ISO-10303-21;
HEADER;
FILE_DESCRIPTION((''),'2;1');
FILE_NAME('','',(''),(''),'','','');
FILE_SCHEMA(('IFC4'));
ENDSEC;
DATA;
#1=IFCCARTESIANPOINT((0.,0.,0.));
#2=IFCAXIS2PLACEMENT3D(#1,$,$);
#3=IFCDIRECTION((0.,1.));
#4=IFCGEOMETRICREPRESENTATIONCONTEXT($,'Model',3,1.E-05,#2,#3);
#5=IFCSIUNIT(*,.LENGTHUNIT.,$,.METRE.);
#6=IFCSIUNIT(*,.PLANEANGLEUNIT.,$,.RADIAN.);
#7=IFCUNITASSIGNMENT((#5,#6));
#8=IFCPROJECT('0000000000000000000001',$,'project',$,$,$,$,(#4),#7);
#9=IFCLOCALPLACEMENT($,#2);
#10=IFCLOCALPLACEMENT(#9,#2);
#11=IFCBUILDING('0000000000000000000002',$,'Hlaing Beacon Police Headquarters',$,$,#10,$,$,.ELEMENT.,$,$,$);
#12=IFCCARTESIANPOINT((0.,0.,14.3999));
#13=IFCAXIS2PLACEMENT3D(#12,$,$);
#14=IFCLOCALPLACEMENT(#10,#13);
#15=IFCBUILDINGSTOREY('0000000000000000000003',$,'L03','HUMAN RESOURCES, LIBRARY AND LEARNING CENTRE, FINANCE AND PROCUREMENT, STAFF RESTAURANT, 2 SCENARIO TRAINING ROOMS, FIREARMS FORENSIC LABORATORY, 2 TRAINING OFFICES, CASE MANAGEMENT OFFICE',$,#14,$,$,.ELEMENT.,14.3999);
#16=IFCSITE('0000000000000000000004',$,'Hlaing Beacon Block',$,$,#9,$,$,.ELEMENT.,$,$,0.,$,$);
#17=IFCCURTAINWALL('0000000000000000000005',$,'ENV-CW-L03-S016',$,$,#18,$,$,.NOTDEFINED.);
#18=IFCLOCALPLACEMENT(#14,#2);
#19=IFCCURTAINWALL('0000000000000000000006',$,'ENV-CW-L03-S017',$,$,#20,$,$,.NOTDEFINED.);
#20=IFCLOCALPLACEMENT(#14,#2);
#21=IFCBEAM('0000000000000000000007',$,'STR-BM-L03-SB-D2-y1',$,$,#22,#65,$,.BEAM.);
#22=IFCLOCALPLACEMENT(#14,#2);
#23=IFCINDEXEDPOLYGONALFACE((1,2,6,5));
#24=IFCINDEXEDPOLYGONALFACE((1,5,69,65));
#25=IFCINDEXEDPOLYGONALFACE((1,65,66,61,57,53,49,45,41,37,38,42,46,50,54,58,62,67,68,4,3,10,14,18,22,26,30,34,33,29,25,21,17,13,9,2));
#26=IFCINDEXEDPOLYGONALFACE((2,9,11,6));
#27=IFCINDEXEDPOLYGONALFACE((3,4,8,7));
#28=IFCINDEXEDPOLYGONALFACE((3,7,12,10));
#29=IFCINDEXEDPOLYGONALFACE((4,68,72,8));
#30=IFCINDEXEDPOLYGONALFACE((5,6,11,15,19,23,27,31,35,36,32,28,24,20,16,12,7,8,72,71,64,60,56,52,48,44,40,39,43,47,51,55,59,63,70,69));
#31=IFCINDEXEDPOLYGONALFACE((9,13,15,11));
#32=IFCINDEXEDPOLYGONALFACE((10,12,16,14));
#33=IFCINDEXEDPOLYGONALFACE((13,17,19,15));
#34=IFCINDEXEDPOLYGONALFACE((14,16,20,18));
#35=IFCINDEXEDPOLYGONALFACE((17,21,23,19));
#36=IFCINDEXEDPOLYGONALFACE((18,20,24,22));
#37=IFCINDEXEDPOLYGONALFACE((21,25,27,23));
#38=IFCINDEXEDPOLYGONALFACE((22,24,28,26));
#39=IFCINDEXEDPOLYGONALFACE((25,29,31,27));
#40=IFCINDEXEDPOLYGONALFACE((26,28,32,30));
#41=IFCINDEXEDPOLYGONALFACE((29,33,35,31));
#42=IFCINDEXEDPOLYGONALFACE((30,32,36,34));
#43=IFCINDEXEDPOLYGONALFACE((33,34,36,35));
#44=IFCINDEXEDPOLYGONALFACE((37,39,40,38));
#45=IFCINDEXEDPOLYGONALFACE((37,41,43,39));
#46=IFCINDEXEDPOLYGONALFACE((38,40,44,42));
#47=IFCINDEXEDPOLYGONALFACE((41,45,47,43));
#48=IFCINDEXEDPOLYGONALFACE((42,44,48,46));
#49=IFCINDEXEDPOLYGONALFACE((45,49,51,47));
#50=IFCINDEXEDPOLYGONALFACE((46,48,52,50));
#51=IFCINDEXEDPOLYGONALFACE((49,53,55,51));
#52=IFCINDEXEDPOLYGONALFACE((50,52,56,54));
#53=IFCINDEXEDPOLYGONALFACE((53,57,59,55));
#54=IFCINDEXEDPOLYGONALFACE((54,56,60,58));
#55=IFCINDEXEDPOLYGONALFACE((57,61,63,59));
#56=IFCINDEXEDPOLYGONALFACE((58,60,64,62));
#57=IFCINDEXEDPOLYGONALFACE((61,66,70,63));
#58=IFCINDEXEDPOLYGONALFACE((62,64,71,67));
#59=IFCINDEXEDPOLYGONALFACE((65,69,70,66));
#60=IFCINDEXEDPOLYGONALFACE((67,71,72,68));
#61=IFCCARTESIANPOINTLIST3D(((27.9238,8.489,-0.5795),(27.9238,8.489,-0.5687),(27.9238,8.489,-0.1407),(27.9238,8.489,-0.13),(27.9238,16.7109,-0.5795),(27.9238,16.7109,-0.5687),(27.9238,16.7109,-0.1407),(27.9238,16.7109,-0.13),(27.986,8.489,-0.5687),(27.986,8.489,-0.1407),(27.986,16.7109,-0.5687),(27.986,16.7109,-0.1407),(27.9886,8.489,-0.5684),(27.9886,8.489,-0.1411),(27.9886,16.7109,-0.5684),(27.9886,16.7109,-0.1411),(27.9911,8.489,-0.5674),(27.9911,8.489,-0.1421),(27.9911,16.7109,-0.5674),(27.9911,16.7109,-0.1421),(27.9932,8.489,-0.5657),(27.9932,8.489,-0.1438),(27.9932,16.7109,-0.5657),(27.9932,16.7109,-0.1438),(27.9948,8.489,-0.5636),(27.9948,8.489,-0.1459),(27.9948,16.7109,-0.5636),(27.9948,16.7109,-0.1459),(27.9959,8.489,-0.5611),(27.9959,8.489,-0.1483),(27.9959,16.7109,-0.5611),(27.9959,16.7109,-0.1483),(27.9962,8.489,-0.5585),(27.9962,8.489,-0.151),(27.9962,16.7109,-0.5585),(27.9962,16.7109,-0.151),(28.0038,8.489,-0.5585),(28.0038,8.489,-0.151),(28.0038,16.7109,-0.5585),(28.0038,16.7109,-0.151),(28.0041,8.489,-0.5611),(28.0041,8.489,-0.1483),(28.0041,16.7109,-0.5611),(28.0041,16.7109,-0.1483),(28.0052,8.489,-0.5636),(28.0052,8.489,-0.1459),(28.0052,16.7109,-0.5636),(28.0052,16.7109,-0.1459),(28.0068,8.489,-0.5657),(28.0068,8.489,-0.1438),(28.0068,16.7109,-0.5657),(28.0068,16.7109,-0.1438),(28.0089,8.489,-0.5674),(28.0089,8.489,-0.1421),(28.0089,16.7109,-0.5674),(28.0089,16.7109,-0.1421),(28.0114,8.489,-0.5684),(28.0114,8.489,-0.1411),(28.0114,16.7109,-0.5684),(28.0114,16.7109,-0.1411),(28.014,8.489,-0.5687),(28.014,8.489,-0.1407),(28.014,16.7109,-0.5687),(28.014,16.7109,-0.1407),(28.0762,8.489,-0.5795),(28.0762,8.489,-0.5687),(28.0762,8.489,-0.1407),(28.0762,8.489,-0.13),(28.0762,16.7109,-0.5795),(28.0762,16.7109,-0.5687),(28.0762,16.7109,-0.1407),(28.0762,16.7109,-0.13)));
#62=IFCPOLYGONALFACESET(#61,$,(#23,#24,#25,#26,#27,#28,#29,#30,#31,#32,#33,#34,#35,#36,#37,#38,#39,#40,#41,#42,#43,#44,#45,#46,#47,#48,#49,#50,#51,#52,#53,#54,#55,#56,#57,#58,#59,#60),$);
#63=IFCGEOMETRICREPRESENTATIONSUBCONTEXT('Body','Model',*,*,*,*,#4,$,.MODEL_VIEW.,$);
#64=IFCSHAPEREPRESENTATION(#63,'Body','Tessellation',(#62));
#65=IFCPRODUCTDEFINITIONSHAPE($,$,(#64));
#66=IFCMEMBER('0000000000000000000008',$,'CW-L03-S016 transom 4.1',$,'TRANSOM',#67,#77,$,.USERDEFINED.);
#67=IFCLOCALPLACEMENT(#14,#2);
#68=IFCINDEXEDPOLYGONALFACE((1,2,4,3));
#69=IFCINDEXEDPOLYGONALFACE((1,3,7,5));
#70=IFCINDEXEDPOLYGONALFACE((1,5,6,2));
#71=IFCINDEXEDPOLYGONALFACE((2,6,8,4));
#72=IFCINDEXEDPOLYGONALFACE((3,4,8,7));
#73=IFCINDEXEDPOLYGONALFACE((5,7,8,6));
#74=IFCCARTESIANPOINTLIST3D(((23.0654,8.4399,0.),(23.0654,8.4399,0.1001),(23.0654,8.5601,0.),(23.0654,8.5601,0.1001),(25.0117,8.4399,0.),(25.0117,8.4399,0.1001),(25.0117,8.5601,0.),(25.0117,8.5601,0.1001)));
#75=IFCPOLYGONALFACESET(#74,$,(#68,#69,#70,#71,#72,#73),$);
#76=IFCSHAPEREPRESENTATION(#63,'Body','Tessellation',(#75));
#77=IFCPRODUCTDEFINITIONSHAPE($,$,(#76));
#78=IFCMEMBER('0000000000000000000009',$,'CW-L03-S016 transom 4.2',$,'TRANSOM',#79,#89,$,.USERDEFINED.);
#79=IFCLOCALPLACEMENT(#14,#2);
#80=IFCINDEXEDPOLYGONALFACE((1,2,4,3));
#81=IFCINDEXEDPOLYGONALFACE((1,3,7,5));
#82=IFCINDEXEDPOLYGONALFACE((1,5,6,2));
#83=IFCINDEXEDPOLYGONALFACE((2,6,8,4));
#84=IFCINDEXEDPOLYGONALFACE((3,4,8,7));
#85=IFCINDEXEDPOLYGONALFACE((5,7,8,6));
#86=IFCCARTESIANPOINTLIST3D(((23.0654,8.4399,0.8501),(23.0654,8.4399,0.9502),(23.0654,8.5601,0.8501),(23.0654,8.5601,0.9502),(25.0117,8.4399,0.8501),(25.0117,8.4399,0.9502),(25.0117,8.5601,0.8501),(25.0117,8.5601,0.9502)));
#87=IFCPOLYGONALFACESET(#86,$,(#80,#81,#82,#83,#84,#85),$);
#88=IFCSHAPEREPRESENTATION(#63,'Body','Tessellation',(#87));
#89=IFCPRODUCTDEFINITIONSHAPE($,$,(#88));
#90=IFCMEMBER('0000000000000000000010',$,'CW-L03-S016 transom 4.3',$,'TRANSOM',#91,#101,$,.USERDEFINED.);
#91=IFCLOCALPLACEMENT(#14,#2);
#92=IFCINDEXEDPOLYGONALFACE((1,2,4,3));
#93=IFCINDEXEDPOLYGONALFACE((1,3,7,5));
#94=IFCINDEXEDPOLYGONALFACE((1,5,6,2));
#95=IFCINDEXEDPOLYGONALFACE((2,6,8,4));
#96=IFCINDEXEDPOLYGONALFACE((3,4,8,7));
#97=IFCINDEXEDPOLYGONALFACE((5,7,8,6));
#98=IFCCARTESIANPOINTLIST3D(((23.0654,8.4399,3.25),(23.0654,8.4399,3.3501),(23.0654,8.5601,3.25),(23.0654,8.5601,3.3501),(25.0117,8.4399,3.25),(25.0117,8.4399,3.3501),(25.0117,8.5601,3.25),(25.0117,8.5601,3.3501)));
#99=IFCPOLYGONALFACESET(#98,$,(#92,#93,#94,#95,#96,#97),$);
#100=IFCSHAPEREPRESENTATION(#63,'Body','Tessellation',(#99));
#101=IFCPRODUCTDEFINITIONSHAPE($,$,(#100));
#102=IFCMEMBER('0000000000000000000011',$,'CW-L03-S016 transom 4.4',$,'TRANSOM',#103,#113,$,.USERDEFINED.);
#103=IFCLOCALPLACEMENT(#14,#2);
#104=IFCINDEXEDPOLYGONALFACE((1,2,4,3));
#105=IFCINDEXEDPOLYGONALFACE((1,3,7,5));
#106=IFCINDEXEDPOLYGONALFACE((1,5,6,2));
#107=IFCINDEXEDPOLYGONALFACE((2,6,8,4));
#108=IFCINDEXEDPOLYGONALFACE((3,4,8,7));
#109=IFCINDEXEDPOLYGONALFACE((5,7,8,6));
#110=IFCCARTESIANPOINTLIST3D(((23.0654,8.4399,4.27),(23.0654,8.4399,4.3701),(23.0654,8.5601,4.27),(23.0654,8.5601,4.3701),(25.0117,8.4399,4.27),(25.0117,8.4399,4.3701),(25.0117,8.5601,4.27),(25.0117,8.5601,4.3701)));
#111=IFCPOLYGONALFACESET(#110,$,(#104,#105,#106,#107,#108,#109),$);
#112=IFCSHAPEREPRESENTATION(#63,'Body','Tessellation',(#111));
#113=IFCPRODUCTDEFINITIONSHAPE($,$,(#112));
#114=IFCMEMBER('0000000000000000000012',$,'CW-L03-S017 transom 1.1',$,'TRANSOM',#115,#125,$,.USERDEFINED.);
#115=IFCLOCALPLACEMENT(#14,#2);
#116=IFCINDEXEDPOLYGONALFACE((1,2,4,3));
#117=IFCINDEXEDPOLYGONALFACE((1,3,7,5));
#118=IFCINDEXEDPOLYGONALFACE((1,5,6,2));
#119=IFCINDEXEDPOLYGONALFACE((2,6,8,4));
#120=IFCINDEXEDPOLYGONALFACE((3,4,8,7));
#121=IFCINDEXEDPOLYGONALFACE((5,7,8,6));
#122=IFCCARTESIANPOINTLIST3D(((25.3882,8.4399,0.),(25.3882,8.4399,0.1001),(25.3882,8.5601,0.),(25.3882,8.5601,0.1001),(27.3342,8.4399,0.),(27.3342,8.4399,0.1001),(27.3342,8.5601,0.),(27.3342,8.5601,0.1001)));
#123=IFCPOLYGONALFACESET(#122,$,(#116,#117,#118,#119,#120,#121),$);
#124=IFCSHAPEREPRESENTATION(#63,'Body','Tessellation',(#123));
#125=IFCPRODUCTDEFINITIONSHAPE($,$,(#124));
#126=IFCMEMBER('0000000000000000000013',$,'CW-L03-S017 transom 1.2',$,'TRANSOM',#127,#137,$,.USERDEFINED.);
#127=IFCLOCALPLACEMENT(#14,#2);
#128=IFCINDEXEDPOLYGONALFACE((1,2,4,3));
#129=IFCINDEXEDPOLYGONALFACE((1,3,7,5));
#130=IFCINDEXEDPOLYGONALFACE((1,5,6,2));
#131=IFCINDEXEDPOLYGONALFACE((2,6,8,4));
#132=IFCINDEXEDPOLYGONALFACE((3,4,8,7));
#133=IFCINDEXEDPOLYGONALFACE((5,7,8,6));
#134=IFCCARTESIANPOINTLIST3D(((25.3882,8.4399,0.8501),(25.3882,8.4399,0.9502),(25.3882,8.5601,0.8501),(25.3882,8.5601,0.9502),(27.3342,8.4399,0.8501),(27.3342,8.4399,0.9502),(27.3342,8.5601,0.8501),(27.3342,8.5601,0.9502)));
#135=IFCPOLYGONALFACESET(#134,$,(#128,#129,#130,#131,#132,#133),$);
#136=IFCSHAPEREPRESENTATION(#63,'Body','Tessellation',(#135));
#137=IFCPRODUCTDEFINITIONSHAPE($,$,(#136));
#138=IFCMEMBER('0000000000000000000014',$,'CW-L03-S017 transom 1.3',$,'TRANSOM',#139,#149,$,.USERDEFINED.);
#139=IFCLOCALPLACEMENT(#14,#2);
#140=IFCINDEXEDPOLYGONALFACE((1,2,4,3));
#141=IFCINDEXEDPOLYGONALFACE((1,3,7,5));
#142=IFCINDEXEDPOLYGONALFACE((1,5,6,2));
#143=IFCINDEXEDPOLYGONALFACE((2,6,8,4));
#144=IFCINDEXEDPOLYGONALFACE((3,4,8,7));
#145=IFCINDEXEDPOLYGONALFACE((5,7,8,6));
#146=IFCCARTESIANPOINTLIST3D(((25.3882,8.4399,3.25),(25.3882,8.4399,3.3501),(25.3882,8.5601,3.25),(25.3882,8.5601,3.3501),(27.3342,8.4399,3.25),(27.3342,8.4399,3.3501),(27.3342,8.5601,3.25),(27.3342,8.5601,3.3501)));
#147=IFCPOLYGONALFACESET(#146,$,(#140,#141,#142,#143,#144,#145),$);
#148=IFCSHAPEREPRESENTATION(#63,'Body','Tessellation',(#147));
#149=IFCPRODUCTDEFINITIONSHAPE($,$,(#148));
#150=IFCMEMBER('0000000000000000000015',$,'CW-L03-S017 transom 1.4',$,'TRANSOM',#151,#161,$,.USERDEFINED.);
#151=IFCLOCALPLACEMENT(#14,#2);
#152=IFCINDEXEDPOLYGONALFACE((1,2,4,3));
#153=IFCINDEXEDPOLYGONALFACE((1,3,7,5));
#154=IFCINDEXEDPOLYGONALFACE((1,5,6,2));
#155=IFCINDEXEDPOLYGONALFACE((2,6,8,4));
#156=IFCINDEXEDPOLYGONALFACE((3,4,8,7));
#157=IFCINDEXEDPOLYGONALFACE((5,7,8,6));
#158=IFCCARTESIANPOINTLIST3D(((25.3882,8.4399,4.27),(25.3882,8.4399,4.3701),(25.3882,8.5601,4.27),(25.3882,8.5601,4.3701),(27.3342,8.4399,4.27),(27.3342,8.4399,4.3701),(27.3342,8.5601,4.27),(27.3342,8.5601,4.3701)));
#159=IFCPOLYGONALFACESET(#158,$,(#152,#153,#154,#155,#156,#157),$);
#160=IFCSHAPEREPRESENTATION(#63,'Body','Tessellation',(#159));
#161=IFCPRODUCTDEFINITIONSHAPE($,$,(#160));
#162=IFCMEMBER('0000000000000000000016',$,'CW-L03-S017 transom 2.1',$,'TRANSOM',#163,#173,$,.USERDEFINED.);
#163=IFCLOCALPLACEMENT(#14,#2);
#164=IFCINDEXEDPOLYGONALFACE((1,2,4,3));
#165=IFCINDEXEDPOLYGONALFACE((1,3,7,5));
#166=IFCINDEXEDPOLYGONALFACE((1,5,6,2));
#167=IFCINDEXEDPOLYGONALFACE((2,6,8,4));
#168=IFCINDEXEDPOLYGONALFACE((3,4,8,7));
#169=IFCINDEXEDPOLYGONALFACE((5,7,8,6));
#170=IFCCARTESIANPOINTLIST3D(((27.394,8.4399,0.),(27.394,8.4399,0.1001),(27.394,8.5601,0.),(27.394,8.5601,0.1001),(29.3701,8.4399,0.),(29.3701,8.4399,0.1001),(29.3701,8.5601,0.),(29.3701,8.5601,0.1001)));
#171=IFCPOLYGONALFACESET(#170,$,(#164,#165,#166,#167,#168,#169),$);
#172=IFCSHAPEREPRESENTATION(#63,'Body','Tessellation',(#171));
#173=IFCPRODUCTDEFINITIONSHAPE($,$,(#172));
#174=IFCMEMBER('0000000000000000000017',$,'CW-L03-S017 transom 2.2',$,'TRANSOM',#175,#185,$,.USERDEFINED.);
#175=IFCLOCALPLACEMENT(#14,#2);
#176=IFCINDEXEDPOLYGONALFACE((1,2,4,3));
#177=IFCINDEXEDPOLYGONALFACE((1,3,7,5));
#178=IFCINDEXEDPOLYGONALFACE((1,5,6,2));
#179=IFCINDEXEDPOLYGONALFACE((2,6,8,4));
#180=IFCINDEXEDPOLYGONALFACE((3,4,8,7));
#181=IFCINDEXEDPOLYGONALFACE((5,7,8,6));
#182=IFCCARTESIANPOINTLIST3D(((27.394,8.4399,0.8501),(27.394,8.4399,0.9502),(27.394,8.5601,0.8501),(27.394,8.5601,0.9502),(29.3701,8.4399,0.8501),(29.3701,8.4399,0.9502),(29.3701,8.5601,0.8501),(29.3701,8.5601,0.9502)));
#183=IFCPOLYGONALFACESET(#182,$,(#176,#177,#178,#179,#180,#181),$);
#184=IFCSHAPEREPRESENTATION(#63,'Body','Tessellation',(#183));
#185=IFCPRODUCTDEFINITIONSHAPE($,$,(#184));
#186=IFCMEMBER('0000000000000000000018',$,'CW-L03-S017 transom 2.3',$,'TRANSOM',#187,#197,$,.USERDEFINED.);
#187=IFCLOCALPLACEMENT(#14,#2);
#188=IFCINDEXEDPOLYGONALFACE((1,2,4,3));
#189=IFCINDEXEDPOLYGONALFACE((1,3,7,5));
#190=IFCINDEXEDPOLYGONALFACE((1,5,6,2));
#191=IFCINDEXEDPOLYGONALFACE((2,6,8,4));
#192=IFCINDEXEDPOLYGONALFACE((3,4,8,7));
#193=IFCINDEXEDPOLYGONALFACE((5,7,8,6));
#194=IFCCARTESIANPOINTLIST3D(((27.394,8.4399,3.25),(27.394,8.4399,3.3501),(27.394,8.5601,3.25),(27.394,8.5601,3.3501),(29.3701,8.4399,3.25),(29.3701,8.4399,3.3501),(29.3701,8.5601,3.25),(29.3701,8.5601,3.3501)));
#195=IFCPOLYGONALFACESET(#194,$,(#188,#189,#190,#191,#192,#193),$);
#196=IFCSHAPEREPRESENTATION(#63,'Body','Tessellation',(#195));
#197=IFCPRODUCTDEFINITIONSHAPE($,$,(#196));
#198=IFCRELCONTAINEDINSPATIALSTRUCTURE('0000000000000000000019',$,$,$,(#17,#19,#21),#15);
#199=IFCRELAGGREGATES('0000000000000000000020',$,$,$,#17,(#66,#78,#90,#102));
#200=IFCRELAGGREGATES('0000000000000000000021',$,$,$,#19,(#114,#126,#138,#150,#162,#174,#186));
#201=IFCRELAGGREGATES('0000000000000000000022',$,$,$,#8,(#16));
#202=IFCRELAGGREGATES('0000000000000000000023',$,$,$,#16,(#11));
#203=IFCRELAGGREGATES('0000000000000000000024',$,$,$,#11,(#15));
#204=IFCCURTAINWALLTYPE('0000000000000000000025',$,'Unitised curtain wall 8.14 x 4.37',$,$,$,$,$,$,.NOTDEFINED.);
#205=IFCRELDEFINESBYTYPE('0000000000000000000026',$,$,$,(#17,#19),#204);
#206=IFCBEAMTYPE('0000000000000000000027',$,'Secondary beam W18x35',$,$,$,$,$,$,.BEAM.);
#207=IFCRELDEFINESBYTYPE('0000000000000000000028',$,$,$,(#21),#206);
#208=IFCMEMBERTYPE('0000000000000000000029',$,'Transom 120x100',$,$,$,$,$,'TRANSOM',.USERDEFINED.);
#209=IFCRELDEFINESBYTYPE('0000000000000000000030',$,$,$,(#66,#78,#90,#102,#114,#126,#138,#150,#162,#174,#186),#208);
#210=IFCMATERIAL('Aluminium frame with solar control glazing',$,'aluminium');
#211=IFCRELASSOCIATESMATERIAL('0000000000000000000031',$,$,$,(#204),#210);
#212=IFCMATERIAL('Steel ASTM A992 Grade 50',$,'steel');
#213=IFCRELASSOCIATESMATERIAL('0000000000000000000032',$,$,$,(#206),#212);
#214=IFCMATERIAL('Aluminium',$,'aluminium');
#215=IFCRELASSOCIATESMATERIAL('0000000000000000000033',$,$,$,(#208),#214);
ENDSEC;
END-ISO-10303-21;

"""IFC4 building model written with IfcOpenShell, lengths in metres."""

from ifc_helpers import new_model, si_unit, direction, frame, origin, origin_2d, place, context, subcontext, project, spatial, rectangle, i_section, extrude, material, material_profile, profile_set, type_object, element, aggregate, save


model = new_model("IFC4")

# Units and contexts
model_context = context("Model", 3, precision=1e-05, world=origin(), true_north=direction((0.0, 1.0)))
body_context = subcontext(model_context, "Body", "Model", "MODEL_VIEW")
ifc_project = project(units=[si_unit("LENGTHUNIT", "METRE"), si_unit("PLANEANGLEUNIT", "RADIAN")], contexts=[model_context])

# Site, building, storey
site_placement = place(None, origin())
site = spatial("IfcSite", under=ifc_project, at=site_placement, Name="Hlaing Beacon Block", CompositionType="ELEMENT", RefElevation=0.0)
building_placement = place(site_placement, origin())
building = spatial("IfcBuilding", under=site, at=building_placement, Name="Hlaing Beacon Police Headquarters", CompositionType="ELEMENT")
storey_placement = place(building_placement, frame((0.0, 0.0, 14.3999)))
storey = spatial("IfcBuildingStorey", under=building, at=storey_placement, Name="L03", Description="HUMAN RESOURCES, LIBRARY AND LEARNING CENTRE, FINANCE AND PROCUREMENT, STAFF RESTAURANT, 2 SCENARIO TRAINING ROOMS, FIREARMS FORENSIC LABORATORY, 2 TRAINING OFFICES, CASE MANAGEMENT OFFICE", CompositionType="ELEMENT", Elevation=14.3999)

# Curtain walls
ifc_material_1 = material(Name="Aluminium frame with solar control glazing", Category="aluminium")
curtain_wall_type = type_object("IfcCurtainWallType", Name="Unitised curtain wall 8.14 x 4.37", PredefinedType="NOTDEFINED", material=ifc_material_1)
curtain_wall_1_placement = place(storey_placement, origin())
curtain_wall_1 = element("IfcCurtainWall", 1, at=curtain_wall_1_placement, inside=storey, type_object=curtain_wall_type, Name="ENV-CW-L03-S016", PredefinedType="NOTDEFINED")
curtain_wall_2_placement = place(storey_placement, origin())
curtain_wall_2 = element("IfcCurtainWall", 2, at=curtain_wall_2_placement, inside=storey, type_object=curtain_wall_type, Name="ENV-CW-L03-S017", PredefinedType="NOTDEFINED")

# Beam
ifc_material_2 = material(Name="Steel ASTM A992 Grade 50", Category="steel")
ifc_material_profile_1 = material_profile(ifc_material_2, i_section(OverallWidth=0.1523, OverallDepth=0.4495, WebThickness=0.0076, FlangeThickness=0.0107, FilletRadius=0.0103, at=origin_2d()), Name="W18x35")
ifc_profile_set_1 = profile_set([ifc_material_profile_1], Name="Steel ASTM A992 Grade 50")
beam_type_1 = type_object("IfcBeamType", Name="Secondary beam W18x35", PredefinedType="BEAM", material=ifc_profile_set_1)
beam_1_placement = place(storey_placement, frame((28.0, 8.489, -0.3547), z_axis=(0.0, 1.0, 0.0), x_axis=(-1.0, 0.0, 0.0)))
element("IfcBeam", 3, at=beam_1_placement, inside=storey, type_object=beam_type_1, Name="STR-BM-L03-SB-D2-y1", PredefinedType="BEAM", context=body_context, shape_type="SweptSolid", body=[
    extrude(i_section(OverallWidth=0.1523, OverallDepth=0.4495, WebThickness=0.0076, FlangeThickness=0.0107, FilletRadius=0.0103, at=origin_2d()), origin(), (0.0, 0.0, 1.0), 8.2219),
])

# Members
ifc_material_3 = material(Name="Aluminium", Category="aluminium")
ifc_material_profile_2 = material_profile(ifc_material_3, rectangle(XDim=0.1201, YDim=0.1001, at=origin_2d()), Name="Transom 120x100")
ifc_profile_set_2 = profile_set([ifc_material_profile_2], Name="Aluminium")
member_type_1 = type_object("IfcMemberType", Name="Transom 120x100", ElementType="TRANSOM", PredefinedType="USERDEFINED", material=ifc_profile_set_2)
member_1_placement = place(storey_placement, frame((23.0654, 8.5, 0.05), z_axis=(1.0, 0.0, 0.0), x_axis=(0.0, 1.0, 0.0)))
member_1 = element("IfcMember", 4, at=member_1_placement, type_object=member_type_1, Name="CW-L03-S016 transom 4.1", ObjectType="TRANSOM", PredefinedType="USERDEFINED", context=body_context, shape_type="SweptSolid", body=[
    extrude(rectangle(XDim=0.1201, YDim=0.1001, at=origin_2d()), origin(), (0.0, 0.0, 1.0), 1.9463),
])
member_2_placement = place(storey_placement, frame((23.0654, 8.5, 0.9001), z_axis=(1.0, 0.0, 0.0), x_axis=(0.0, 1.0, 0.0)))
member_2 = element("IfcMember", 5, at=member_2_placement, type_object=member_type_1, Name="CW-L03-S016 transom 4.2", ObjectType="TRANSOM", PredefinedType="USERDEFINED", context=body_context, shape_type="SweptSolid", body=[
    extrude(rectangle(XDim=0.1201, YDim=0.1001, at=origin_2d()), origin(), (0.0, 0.0, 1.0), 1.9463),
])
member_3_placement = place(storey_placement, frame((23.0654, 8.5, 3.3), z_axis=(1.0, 0.0, 0.0), x_axis=(0.0, 1.0, 0.0)))
member_3 = element("IfcMember", 6, at=member_3_placement, type_object=member_type_1, Name="CW-L03-S016 transom 4.3", ObjectType="TRANSOM", PredefinedType="USERDEFINED", context=body_context, shape_type="SweptSolid", body=[
    extrude(rectangle(XDim=0.1201, YDim=0.1001, at=origin_2d()), origin(), (0.0, 0.0, 1.0), 1.9463),
])
member_4_placement = place(storey_placement, frame((23.0654, 8.5, 4.3201), z_axis=(1.0, 0.0, 0.0), x_axis=(0.0, 1.0, 0.0)))
member_4 = element("IfcMember", 7, at=member_4_placement, type_object=member_type_1, Name="CW-L03-S016 transom 4.4", ObjectType="TRANSOM", PredefinedType="USERDEFINED", context=body_context, shape_type="SweptSolid", body=[
    extrude(rectangle(XDim=0.1201, YDim=0.1001, at=origin_2d()), origin(), (0.0, 0.0, 1.0), 1.9463),
])
member_5_placement = place(storey_placement, frame((25.3882, 8.5, 0.05), z_axis=(1.0, 0.0, 0.0), x_axis=(0.0, 1.0, 0.0)))
member_5 = element("IfcMember", 8, at=member_5_placement, type_object=member_type_1, Name="CW-L03-S017 transom 1.1", ObjectType="TRANSOM", PredefinedType="USERDEFINED", context=body_context, shape_type="SweptSolid", body=[
    extrude(rectangle(XDim=0.1201, YDim=0.1001, at=origin_2d()), origin(), (0.0, 0.0, 1.0), 1.946),
])
member_6_placement = place(storey_placement, frame((25.3882, 8.5, 0.9001), z_axis=(1.0, 0.0, 0.0), x_axis=(0.0, 1.0, 0.0)))
member_6 = element("IfcMember", 9, at=member_6_placement, type_object=member_type_1, Name="CW-L03-S017 transom 1.2", ObjectType="TRANSOM", PredefinedType="USERDEFINED", context=body_context, shape_type="SweptSolid", body=[
    extrude(rectangle(XDim=0.1201, YDim=0.1001, at=origin_2d()), origin(), (0.0, 0.0, 1.0), 1.946),
])
member_7_placement = place(storey_placement, frame((25.3882, 8.5, 3.3), z_axis=(1.0, 0.0, 0.0), x_axis=(0.0, 1.0, 0.0)))
member_7 = element("IfcMember", 10, at=member_7_placement, type_object=member_type_1, Name="CW-L03-S017 transom 1.3", ObjectType="TRANSOM", PredefinedType="USERDEFINED", context=body_context, shape_type="SweptSolid", body=[
    extrude(rectangle(XDim=0.1201, YDim=0.1001, at=origin_2d()), origin(), (0.0, 0.0, 1.0), 1.946),
])
member_8_placement = place(storey_placement, frame((25.3882, 8.5, 4.3201), z_axis=(1.0, 0.0, 0.0), x_axis=(0.0, 1.0, 0.0)))
member_8 = element("IfcMember", 11, at=member_8_placement, type_object=member_type_1, Name="CW-L03-S017 transom 1.4", ObjectType="TRANSOM", PredefinedType="USERDEFINED", context=body_context, shape_type="SweptSolid", body=[
    extrude(rectangle(XDim=0.1201, YDim=0.1001, at=origin_2d()), origin(), (0.0, 0.0, 1.0), 1.946),
])
member_9_placement = place(storey_placement, frame((27.394, 8.5, 0.05), z_axis=(1.0, 0.0, 0.0), x_axis=(0.0, 1.0, 0.0)))
member_9 = element("IfcMember", 12, at=member_9_placement, type_object=member_type_1, Name="CW-L03-S017 transom 2.1", ObjectType="TRANSOM", PredefinedType="USERDEFINED", context=body_context, shape_type="SweptSolid", body=[
    extrude(rectangle(XDim=0.1201, YDim=0.1001, at=origin_2d()), origin(), (0.0, 0.0, 1.0), 1.9761),
])
member_10_placement = place(storey_placement, frame((27.394, 8.5, 0.9001), z_axis=(1.0, 0.0, 0.0), x_axis=(0.0, 1.0, 0.0)))
member_10 = element("IfcMember", 13, at=member_10_placement, type_object=member_type_1, Name="CW-L03-S017 transom 2.2", ObjectType="TRANSOM", PredefinedType="USERDEFINED", context=body_context, shape_type="SweptSolid", body=[
    extrude(rectangle(XDim=0.1201, YDim=0.1001, at=origin_2d()), origin(), (0.0, 0.0, 1.0), 1.9761),
])
member_11_placement = place(storey_placement, frame((27.394, 8.5, 3.3), z_axis=(1.0, 0.0, 0.0), x_axis=(0.0, 1.0, 0.0)))
member_11 = element("IfcMember", 14, at=member_11_placement, type_object=member_type_1, Name="CW-L03-S017 transom 2.3", ObjectType="TRANSOM", PredefinedType="USERDEFINED", context=body_context, shape_type="SweptSolid", body=[
    extrude(rectangle(XDim=0.1201, YDim=0.1001, at=origin_2d()), origin(), (0.0, 0.0, 1.0), 1.9761),
])

aggregate(curtain_wall_1, [member_1, member_2, member_3, member_4])
aggregate(curtain_wall_2, [member_5, member_6, member_7, member_8, member_9, member_10, member_11])

save(model, "model.ifc")
